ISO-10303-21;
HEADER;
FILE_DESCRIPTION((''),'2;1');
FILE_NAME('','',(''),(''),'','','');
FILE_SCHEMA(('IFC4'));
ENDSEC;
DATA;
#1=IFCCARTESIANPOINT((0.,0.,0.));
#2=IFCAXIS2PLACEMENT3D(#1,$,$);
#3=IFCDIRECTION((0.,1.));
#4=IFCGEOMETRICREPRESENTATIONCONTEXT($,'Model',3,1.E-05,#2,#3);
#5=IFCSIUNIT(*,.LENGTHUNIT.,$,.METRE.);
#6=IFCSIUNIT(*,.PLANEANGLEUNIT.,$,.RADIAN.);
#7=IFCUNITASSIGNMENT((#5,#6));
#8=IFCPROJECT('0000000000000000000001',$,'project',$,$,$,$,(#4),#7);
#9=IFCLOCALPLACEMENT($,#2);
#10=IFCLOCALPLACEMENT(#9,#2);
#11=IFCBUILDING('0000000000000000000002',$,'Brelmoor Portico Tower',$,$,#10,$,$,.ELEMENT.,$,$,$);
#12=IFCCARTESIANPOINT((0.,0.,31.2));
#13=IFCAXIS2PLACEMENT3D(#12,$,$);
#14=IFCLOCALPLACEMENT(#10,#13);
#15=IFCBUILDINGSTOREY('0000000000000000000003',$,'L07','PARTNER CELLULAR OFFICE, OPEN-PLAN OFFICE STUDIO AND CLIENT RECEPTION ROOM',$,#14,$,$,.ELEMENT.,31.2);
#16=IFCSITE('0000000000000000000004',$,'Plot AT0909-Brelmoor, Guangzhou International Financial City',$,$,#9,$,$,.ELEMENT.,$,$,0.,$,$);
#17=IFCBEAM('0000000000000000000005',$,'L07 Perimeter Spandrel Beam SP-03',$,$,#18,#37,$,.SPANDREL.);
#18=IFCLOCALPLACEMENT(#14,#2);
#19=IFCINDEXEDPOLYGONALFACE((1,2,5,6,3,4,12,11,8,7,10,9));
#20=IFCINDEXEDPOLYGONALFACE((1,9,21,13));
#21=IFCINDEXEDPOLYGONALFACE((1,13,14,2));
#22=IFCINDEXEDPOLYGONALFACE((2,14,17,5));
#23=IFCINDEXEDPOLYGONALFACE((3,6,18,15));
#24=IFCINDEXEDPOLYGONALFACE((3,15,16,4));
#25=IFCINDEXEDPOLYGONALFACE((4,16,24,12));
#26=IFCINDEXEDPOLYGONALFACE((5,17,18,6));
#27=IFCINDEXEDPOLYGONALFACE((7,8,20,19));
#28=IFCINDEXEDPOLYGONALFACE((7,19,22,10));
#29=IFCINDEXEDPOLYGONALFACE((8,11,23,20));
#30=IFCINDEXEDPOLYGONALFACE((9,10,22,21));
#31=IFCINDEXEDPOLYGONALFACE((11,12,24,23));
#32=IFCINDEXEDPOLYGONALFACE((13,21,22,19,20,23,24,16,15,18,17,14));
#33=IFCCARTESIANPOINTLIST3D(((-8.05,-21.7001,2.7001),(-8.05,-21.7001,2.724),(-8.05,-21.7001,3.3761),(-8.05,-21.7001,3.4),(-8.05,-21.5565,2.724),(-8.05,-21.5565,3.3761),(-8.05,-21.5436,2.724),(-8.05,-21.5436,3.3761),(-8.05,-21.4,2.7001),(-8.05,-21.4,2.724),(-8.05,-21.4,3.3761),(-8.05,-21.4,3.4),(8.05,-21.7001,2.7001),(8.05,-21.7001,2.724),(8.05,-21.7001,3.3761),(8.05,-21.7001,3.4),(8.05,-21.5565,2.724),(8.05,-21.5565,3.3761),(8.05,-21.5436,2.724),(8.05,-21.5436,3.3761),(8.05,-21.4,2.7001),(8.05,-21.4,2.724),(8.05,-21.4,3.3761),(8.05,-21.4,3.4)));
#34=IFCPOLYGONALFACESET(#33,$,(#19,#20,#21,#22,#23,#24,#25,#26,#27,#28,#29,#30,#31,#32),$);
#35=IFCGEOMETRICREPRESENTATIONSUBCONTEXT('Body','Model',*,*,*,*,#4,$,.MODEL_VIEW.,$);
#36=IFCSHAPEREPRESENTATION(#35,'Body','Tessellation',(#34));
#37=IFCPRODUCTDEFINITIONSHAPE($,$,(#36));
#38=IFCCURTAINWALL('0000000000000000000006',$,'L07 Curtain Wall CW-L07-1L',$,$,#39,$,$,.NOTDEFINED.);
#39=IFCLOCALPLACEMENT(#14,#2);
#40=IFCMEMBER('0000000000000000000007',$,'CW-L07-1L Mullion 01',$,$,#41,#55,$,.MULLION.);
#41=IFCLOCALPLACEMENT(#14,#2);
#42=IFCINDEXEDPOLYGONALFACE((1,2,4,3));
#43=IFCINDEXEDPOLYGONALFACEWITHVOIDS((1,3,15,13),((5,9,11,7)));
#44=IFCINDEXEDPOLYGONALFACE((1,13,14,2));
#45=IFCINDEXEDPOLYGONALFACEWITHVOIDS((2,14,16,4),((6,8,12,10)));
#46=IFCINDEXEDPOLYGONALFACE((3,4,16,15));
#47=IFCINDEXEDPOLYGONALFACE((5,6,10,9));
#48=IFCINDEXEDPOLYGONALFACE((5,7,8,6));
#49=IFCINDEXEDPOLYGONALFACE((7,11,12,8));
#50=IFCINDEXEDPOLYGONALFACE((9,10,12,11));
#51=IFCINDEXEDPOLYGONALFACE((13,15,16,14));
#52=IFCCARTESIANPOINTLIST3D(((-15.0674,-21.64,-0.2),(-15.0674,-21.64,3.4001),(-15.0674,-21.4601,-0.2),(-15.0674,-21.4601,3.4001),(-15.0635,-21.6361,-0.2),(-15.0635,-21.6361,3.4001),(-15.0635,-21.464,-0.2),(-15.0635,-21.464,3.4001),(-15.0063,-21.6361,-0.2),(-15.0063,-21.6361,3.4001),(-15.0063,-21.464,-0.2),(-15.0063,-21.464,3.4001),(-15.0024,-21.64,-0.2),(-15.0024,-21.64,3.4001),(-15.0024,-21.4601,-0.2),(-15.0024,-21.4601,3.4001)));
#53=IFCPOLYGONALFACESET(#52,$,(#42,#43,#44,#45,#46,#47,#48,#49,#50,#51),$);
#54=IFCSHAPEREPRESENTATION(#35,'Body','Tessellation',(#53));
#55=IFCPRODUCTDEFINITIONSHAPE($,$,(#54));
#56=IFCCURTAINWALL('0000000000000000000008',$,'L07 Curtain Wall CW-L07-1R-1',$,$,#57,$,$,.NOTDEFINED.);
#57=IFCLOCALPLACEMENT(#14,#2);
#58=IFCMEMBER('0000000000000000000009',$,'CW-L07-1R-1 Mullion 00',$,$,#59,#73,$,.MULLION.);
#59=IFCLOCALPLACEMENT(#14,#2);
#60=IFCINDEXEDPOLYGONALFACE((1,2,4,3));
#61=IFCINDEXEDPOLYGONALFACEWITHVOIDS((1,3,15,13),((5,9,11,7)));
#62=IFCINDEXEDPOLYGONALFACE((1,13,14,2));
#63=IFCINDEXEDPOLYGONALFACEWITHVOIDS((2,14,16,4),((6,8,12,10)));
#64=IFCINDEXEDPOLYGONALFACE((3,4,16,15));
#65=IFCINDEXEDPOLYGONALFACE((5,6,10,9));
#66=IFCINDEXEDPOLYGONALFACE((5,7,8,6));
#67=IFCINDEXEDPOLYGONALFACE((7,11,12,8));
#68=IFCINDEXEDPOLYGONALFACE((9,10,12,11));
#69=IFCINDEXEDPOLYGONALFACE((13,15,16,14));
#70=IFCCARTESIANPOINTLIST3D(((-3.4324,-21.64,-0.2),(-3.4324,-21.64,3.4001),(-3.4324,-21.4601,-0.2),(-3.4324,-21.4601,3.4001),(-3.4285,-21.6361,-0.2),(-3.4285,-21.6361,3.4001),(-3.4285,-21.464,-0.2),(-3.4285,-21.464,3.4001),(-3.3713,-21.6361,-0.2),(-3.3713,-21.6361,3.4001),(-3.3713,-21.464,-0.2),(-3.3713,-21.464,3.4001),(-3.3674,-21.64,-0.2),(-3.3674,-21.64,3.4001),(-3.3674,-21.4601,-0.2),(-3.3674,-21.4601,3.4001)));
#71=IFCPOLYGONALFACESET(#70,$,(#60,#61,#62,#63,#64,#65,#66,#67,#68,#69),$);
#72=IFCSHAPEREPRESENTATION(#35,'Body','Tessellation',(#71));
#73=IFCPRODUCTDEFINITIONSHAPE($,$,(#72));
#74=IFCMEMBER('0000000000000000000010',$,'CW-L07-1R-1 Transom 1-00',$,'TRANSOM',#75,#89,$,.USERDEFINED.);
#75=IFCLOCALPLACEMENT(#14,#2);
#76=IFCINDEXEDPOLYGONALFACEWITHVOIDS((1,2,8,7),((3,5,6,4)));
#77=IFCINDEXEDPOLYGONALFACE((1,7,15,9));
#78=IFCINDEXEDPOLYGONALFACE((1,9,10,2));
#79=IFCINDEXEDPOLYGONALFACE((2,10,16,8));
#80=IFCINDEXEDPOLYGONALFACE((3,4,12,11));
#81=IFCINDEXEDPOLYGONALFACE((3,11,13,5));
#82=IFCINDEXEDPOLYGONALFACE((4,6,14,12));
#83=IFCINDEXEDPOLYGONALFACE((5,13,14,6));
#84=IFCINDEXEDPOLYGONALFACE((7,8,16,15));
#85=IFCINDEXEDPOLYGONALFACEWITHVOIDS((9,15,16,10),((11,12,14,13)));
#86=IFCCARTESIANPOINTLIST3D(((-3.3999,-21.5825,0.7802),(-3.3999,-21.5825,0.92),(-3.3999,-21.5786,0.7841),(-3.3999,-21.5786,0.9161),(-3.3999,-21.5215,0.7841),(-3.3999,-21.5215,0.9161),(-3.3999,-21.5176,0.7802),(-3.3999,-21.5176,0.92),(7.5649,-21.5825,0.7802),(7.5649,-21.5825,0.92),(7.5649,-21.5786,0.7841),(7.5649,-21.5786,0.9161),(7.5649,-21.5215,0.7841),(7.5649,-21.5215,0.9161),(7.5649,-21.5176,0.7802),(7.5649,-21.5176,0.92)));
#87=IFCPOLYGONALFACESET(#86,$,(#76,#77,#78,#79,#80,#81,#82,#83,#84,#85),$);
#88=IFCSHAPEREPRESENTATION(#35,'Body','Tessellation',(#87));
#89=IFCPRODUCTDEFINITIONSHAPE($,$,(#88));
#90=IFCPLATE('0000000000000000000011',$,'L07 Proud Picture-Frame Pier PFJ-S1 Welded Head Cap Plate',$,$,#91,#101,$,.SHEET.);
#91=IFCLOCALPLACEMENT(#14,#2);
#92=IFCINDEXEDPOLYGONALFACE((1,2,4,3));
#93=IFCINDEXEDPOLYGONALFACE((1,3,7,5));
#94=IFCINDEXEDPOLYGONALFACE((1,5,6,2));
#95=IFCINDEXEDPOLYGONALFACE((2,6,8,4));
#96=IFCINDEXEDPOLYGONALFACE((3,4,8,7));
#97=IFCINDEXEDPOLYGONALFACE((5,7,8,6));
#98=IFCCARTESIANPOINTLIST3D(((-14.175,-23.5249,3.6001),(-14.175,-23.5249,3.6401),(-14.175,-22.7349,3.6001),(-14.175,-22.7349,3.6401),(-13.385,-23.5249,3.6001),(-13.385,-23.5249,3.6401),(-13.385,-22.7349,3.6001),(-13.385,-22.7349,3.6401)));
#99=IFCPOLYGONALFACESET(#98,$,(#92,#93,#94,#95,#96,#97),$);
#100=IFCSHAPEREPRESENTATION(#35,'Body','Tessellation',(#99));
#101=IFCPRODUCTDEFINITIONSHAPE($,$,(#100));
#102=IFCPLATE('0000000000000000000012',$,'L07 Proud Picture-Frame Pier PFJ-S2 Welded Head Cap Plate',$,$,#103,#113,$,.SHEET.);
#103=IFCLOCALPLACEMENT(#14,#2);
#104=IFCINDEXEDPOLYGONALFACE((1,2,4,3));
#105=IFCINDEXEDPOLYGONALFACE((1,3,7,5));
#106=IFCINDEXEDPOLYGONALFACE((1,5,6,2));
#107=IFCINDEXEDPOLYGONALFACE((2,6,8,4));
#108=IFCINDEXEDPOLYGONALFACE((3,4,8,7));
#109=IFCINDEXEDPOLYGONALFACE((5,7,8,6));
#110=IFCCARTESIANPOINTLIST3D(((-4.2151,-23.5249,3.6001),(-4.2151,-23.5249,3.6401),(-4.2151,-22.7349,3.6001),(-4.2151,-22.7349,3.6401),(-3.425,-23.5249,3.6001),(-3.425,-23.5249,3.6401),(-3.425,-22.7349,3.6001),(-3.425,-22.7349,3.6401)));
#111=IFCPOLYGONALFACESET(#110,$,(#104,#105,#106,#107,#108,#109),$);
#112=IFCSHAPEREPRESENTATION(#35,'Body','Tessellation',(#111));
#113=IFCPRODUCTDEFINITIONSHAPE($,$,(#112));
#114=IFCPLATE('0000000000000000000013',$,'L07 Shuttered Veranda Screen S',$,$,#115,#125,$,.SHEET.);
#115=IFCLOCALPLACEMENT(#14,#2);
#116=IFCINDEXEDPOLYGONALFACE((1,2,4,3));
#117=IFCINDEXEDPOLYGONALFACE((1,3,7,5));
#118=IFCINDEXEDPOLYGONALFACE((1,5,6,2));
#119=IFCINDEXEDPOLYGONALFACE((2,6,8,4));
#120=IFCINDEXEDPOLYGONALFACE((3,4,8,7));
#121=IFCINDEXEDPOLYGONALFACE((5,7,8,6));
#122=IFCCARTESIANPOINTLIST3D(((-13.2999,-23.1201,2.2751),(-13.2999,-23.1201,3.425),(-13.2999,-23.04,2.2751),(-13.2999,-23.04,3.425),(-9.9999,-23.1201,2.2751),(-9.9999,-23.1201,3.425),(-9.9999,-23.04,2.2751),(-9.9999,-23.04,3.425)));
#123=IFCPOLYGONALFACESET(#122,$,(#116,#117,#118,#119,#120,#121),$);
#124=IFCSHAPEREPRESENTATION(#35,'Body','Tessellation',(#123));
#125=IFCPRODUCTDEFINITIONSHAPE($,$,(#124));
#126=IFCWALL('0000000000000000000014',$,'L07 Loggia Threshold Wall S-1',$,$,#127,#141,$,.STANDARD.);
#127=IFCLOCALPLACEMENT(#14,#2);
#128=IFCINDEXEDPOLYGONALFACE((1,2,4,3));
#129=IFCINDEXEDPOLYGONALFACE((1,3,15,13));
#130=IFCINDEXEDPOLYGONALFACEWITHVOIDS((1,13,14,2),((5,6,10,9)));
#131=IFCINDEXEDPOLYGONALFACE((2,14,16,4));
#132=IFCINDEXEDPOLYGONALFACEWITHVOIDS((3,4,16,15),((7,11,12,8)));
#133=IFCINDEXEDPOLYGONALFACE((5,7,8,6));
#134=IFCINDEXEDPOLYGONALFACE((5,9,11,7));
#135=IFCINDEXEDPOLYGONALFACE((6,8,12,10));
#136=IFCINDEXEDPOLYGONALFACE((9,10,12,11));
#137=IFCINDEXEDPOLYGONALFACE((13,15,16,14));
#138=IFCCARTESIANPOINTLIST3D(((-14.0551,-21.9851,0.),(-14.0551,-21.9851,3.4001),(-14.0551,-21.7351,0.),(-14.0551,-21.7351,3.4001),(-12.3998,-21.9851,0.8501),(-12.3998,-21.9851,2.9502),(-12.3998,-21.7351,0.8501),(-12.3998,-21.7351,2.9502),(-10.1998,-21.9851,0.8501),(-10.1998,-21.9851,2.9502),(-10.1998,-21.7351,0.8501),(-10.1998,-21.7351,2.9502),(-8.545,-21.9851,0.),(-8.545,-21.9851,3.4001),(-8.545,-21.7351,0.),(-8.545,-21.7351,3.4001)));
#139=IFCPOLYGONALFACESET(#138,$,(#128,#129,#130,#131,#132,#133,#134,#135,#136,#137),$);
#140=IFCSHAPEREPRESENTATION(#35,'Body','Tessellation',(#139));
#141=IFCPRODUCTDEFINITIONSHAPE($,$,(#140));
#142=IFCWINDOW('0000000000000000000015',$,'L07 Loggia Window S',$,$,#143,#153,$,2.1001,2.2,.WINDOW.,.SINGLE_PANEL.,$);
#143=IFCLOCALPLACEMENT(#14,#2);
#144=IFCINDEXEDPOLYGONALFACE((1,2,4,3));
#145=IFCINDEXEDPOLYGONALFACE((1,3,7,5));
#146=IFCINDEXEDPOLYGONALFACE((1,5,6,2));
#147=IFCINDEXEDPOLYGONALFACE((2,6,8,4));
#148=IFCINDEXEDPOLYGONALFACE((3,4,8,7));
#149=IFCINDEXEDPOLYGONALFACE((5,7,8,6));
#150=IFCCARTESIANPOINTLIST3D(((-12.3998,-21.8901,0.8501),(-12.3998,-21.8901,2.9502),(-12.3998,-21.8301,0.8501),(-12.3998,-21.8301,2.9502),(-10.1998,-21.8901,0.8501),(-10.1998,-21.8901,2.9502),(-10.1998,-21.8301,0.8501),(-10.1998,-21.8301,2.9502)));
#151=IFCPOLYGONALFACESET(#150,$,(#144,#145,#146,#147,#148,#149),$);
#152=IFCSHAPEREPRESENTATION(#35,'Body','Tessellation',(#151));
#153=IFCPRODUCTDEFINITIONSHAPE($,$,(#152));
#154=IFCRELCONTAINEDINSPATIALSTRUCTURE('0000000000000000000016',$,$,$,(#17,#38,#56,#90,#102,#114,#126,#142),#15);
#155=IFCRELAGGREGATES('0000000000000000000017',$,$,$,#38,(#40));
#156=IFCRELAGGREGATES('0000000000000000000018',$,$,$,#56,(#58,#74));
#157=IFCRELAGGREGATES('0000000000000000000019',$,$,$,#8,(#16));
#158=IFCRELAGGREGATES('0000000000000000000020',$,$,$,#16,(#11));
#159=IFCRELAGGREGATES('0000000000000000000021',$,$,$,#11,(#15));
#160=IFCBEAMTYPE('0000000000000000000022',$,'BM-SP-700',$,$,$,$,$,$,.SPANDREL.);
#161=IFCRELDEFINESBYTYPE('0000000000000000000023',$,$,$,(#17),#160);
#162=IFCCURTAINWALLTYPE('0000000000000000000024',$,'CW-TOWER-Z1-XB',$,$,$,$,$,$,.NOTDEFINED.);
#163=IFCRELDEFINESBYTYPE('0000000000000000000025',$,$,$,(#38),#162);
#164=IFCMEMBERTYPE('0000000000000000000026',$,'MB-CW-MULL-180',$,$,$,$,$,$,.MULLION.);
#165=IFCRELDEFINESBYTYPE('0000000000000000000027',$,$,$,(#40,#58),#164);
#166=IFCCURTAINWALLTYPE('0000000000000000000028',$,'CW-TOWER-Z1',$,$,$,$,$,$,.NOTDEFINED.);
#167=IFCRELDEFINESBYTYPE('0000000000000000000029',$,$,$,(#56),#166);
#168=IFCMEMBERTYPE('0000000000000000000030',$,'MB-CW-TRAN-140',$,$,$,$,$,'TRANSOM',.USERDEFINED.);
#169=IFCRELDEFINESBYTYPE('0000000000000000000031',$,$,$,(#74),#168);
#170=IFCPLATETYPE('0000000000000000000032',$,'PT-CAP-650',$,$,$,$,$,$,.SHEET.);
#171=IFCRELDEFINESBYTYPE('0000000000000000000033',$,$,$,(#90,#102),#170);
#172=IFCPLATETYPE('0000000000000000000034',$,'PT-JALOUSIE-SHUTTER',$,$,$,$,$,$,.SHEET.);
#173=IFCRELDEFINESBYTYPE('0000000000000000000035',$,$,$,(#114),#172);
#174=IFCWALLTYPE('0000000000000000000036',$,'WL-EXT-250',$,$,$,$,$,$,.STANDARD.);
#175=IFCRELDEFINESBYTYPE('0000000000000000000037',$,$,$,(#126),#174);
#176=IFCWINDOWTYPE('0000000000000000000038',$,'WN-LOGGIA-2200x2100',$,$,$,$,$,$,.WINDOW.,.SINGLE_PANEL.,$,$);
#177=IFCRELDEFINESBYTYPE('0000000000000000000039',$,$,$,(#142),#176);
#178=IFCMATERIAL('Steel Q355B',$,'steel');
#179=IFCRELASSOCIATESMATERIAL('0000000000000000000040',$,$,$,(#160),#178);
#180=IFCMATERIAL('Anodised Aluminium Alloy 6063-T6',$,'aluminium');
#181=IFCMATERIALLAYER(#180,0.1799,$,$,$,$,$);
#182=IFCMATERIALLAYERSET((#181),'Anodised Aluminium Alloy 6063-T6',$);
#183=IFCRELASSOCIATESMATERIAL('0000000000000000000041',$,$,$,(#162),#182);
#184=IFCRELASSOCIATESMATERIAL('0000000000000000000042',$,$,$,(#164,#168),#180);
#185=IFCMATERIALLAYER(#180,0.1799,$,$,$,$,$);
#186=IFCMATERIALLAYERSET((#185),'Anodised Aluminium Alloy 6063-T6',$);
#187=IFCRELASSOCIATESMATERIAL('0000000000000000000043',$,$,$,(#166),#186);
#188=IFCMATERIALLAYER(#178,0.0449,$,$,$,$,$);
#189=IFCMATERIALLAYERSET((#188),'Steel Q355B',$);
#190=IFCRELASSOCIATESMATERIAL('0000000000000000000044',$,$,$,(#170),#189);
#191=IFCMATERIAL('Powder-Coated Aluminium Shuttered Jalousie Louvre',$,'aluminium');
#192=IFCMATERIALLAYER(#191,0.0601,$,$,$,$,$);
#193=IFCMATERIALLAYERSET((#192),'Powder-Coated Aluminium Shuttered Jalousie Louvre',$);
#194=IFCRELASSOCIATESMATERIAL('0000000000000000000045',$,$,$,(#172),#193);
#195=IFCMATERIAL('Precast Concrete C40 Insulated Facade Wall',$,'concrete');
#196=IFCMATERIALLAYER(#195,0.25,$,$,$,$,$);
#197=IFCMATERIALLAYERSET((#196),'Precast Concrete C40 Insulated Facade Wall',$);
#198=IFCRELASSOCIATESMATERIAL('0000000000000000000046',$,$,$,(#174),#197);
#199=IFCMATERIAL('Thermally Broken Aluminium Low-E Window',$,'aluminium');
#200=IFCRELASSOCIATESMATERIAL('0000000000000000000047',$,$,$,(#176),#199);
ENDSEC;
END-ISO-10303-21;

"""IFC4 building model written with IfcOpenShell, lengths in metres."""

from ifc_helpers import new_model, si_unit, direction, frame, frame_2d, origin, origin_2d, place, context, subcontext, project, spatial, rectangle, hollow_rectangle, i_section, extrude, material, layer, layer_set, material_profile, profile_set, type_object, element, fill, aggregate, save


model = new_model("IFC4")

# Units and contexts
model_context = context("Model", 3, precision=1e-05, world=origin(), true_north=direction((0.0, 1.0)))
body_context = subcontext(model_context, "Body", "Model", "MODEL_VIEW")
ifc_project = project(units=[si_unit("LENGTHUNIT", "METRE"), si_unit("PLANEANGLEUNIT", "RADIAN")], contexts=[model_context])

# Site, building, storey
site_placement = place(None, origin())
site = spatial("IfcSite", under=ifc_project, at=site_placement, Name="Plot AT0909-Brelmoor, Guangzhou International Financial City", CompositionType="ELEMENT", RefElevation=0.0)
building_placement = place(site_placement, origin())
building = spatial("IfcBuilding", under=site, at=building_placement, Name="Brelmoor Portico Tower", CompositionType="ELEMENT")
storey_placement = place(building_placement, frame((0.0, 0.0, 31.2)))
storey = spatial("IfcBuildingStorey", under=building, at=storey_placement, Name="L07", Description="PARTNER CELLULAR OFFICE, OPEN-PLAN OFFICE STUDIO AND CLIENT RECEPTION ROOM", CompositionType="ELEMENT", Elevation=31.2)

# Shared definitions
ifc_material_1 = material(Name="Steel Q355B", Category="steel")

# Beam
ifc_material_profile_1 = material_profile(ifc_material_1, i_section(OverallWidth=0.3, OverallDepth=0.7, WebThickness=0.0129, FlangeThickness=0.0239, at=origin_2d()), Name="HN 700x300x13x24")
ifc_profile_set_1 = profile_set([ifc_material_profile_1], Name="Steel Q355B")
beam_type_1 = type_object("IfcBeamType", Name="BM-SP-700", PredefinedType="SPANDREL", material=ifc_profile_set_1)
beam_1_placement = place(storey_placement, frame((-8.05, -21.55, 3.05), z_axis=(1.0, 0.0, 0.0), x_axis=(0.0, 1.0, 0.0)))
element("IfcBeam", 1, at=beam_1_placement, inside=storey, type_object=beam_type_1, Name="L07 Perimeter Spandrel Beam SP-03", PredefinedType="SPANDREL", context=body_context, shape_type="SweptSolid", body=[
    extrude(i_section(OverallWidth=0.3, OverallDepth=0.7, WebThickness=0.0129, FlangeThickness=0.0239, at=origin_2d()), origin(), (0.0, 0.0, 1.0), 16.1001),
])

# Curtain wall, member
ifc_material_2 = material(Name="Anodised Aluminium Alloy 6063-T6", Category="aluminium")
ifc_layer_1 = layer(ifc_material_2, 0.1799)
ifc_layer_set_1 = layer_set([ifc_layer_1], Name="Anodised Aluminium Alloy 6063-T6")
curtain_wall_type_1 = type_object("IfcCurtainWallType", Name="CW-TOWER-Z1-XB", PredefinedType="NOTDEFINED", material=ifc_layer_set_1)
curtain_wall_1_placement = place(storey_placement, origin())
curtain_wall_1 = element("IfcCurtainWall", 2, at=curtain_wall_1_placement, inside=storey, type_object=curtain_wall_type_1, Name="L07 Curtain Wall CW-L07-1L", PredefinedType="NOTDEFINED")
ifc_material_profile_2 = material_profile(ifc_material_2, hollow_rectangle(XDim=0.0649, YDim=0.1799, WallThickness=0.0039, at=origin_2d()), Name="ALU MULLION 65x180")
ifc_profile_set_2 = profile_set([ifc_material_profile_2], Name="Anodised Aluminium Alloy 6063-T6")
member_type_1 = type_object("IfcMemberType", Name="MB-CW-MULL-180", PredefinedType="MULLION", material=ifc_profile_set_2)
member_1_placement = place(storey_placement, frame((-15.0349, -21.55, -0.2), z_axis=(0.0, 0.0, 1.0), x_axis=(1.0, 0.0, 0.0)))
member_1 = element("IfcMember", 3, at=member_1_placement, type_object=member_type_1, Name="CW-L07-1L Mullion 01", PredefinedType="MULLION", context=body_context, shape_type="SweptSolid", body=[
    extrude(hollow_rectangle(XDim=0.0649, YDim=0.1799, WallThickness=0.0039, at=origin_2d()), origin(), (0.0, 0.0, 1.0), 3.6001),
])
aggregate(curtain_wall_1, [member_1])

# Curtain wall, members
ifc_layer_2 = layer(ifc_material_2, 0.1799)
ifc_layer_set_2 = layer_set([ifc_layer_2], Name="Anodised Aluminium Alloy 6063-T6")
curtain_wall_type_2 = type_object("IfcCurtainWallType", Name="CW-TOWER-Z1", PredefinedType="NOTDEFINED", material=ifc_layer_set_2)
curtain_wall_2_placement = place(storey_placement, origin())
curtain_wall_2 = element("IfcCurtainWall", 4, at=curtain_wall_2_placement, inside=storey, type_object=curtain_wall_type_2, Name="L07 Curtain Wall CW-L07-1R-1", PredefinedType="NOTDEFINED")
member_2_placement = place(storey_placement, frame((-3.3999, -21.55, -0.2), z_axis=(0.0, 0.0, 1.0), x_axis=(1.0, 0.0, 0.0)))
member_2 = element("IfcMember", 5, at=member_2_placement, type_object=member_type_1, Name="CW-L07-1R-1 Mullion 00", PredefinedType="MULLION", context=body_context, shape_type="SweptSolid", body=[
    extrude(hollow_rectangle(XDim=0.0649, YDim=0.1799, WallThickness=0.0039, at=origin_2d()), origin(), (0.0, 0.0, 1.0), 3.6001),
])
ifc_material_profile_3 = material_profile(ifc_material_2, hollow_rectangle(XDim=0.0649, YDim=0.1399, WallThickness=0.0039, at=origin_2d()), Name="ALU TRANSOM 65x140")
ifc_profile_set_3 = profile_set([ifc_material_profile_3], Name="Anodised Aluminium Alloy 6063-T6")
member_type_2 = type_object("IfcMemberType", Name="MB-CW-TRAN-140", ElementType="TRANSOM", PredefinedType="USERDEFINED", material=ifc_profile_set_3)
member_3_placement = place(storey_placement, frame((-3.3999, -21.55, 0.8501), z_axis=(1.0, 0.0, 0.0), x_axis=(0.0, 1.0, 0.0)))
member_3 = element("IfcMember", 6, at=member_3_placement, type_object=member_type_2, Name="CW-L07-1R-1 Transom 1-00", ObjectType="TRANSOM", PredefinedType="USERDEFINED", context=body_context, shape_type="SweptSolid", body=[
    extrude(hollow_rectangle(XDim=0.0649, YDim=0.1399, WallThickness=0.0039, at=origin_2d()), origin(), (0.0, 0.0, 1.0), 10.9648),
])
aggregate(curtain_wall_2, [member_2, member_3])

# Plates
ifc_layer_3 = layer(ifc_material_1, 0.0449)
ifc_layer_set_3 = layer_set([ifc_layer_3], Name="Steel Q355B")
plate_type_1 = type_object("IfcPlateType", Name="PT-CAP-650", PredefinedType="SHEET", material=ifc_layer_set_3)
for number, where, z_axis, x_axis, name in (
    (7, (-13.78, -23.1299, 3.6001), (0.0, 0.0, 1.0), (1.0, 0.0, 0.0), "L07 Proud Picture-Frame Pier PFJ-S1 Welded Head Cap Plate"),
    (8, (-3.8201, -23.1299, 3.6001), (0.0, 0.0, 1.0), (1.0, 0.0, 0.0), "L07 Proud Picture-Frame Pier PFJ-S2 Welded Head Cap Plate"),
):
    element("IfcPlate", number, at=place(storey_placement, frame(where, z_axis=z_axis, x_axis=x_axis)), inside=storey, type_object=plate_type_1, Name=name, PredefinedType="SHEET", context=body_context, shape_type="SweptSolid", body=[
        extrude(rectangle(XDim=0.79, YDim=0.79, at=origin_2d()), origin(), (0.0, 0.0, 1.0), 0.04),
    ])
ifc_material_3 = material(Name="Powder-Coated Aluminium Shuttered Jalousie Louvre", Category="aluminium")
ifc_layer_4 = layer(ifc_material_3, 0.0601)
ifc_layer_set_4 = layer_set([ifc_layer_4], Name="Powder-Coated Aluminium Shuttered Jalousie Louvre")
plate_type_2 = type_object("IfcPlateType", Name="PT-JALOUSIE-SHUTTER", PredefinedType="SHEET", material=ifc_layer_set_4)
plate_placement = place(storey_placement, frame((-11.6499, -23.0801, 2.2751), z_axis=(0.0, 0.0, 1.0), x_axis=(1.0, 0.0, 0.0)))
element("IfcPlate", 9, at=plate_placement, inside=storey, type_object=plate_type_2, Name="L07 Shuttered Veranda Screen S", PredefinedType="SHEET", context=body_context, shape_type="SweptSolid", body=[
    extrude(rectangle(XDim=3.3, YDim=0.0801, at=origin_2d()), origin(), (0.0, 0.0, 1.0), 1.1499),
])

# Wall, opening, window
ifc_material_4 = material(Name="Precast Concrete C40 Insulated Facade Wall", Category="concrete")
ifc_layer_5 = layer(ifc_material_4, 0.25)
ifc_layer_set_5 = layer_set([ifc_layer_5], Name="Precast Concrete C40 Insulated Facade Wall")
wall_type_1 = type_object("IfcWallType", Name="WL-EXT-250", PredefinedType="STANDARD", material=ifc_layer_set_5)
wall_1_placement = place(storey_placement, frame((-14.0549, -21.8601, 0.0), z_axis=(0.0, 0.0, 1.0), x_axis=(1.0, 0.0, 0.0)))
wall_1 = element("IfcWall", 10, at=wall_1_placement, inside=storey, type_object=wall_type_1, Name="L07 Loggia Threshold Wall S-1", PredefinedType="STANDARD", context=body_context, shape_type="SweptSolid", body=[
    extrude(rectangle(XDim=5.51, YDim=0.25, at=frame_2d((2.7549, 0.0))), origin(), (0.0, 0.0, 1.0), 3.4001),
])
opening_1_placement = place(wall_1_placement, frame((1.655, 0.0, 0.8501)))
opening_1 = element("IfcOpeningElement", 11, at=opening_1_placement, cuts=wall_1, PredefinedType="OPENING", context=body_context, shape_type="SweptSolid", body=[
    extrude(rectangle(XDim=2.2, YDim=2.1001, at=frame_2d((1.1001, 1.05))), frame((0.0, 0.135, 0.0), z_axis=(0.0, -1.0, 0.0), x_axis=(1.0, 0.0, 0.0)), (0.0, 0.0, 1.0), 0.27),
])
ifc_material_5 = material(Name="Thermally Broken Aluminium Low-E Window", Category="aluminium")
window_type = type_object("IfcWindowType", Name="WN-LOGGIA-2200x2100", PartitioningType="SINGLE_PANEL", PredefinedType="WINDOW", material=ifc_material_5)
window_placement = place(opening_1_placement, origin())
window = element("IfcWindow", 12, at=window_placement, inside=storey, type_object=window_type, Name="L07 Loggia Window S", OverallHeight=2.1001, OverallWidth=2.2, PartitioningType="SINGLE_PANEL", PredefinedType="WINDOW", context=body_context, shape_type="SweptSolid", body=[
    extrude(rectangle(XDim=2.2, YDim=2.1001, at=frame_2d((1.1001, 1.05))), frame((0.0, 0.03, 0.0), z_axis=(0.0, -1.0, 0.0), x_axis=(1.0, 0.0, 0.0)), (0.0, 0.0, 1.0), 0.0601),
])
fill(opening_1, window)

save(model, "model.ifc")
